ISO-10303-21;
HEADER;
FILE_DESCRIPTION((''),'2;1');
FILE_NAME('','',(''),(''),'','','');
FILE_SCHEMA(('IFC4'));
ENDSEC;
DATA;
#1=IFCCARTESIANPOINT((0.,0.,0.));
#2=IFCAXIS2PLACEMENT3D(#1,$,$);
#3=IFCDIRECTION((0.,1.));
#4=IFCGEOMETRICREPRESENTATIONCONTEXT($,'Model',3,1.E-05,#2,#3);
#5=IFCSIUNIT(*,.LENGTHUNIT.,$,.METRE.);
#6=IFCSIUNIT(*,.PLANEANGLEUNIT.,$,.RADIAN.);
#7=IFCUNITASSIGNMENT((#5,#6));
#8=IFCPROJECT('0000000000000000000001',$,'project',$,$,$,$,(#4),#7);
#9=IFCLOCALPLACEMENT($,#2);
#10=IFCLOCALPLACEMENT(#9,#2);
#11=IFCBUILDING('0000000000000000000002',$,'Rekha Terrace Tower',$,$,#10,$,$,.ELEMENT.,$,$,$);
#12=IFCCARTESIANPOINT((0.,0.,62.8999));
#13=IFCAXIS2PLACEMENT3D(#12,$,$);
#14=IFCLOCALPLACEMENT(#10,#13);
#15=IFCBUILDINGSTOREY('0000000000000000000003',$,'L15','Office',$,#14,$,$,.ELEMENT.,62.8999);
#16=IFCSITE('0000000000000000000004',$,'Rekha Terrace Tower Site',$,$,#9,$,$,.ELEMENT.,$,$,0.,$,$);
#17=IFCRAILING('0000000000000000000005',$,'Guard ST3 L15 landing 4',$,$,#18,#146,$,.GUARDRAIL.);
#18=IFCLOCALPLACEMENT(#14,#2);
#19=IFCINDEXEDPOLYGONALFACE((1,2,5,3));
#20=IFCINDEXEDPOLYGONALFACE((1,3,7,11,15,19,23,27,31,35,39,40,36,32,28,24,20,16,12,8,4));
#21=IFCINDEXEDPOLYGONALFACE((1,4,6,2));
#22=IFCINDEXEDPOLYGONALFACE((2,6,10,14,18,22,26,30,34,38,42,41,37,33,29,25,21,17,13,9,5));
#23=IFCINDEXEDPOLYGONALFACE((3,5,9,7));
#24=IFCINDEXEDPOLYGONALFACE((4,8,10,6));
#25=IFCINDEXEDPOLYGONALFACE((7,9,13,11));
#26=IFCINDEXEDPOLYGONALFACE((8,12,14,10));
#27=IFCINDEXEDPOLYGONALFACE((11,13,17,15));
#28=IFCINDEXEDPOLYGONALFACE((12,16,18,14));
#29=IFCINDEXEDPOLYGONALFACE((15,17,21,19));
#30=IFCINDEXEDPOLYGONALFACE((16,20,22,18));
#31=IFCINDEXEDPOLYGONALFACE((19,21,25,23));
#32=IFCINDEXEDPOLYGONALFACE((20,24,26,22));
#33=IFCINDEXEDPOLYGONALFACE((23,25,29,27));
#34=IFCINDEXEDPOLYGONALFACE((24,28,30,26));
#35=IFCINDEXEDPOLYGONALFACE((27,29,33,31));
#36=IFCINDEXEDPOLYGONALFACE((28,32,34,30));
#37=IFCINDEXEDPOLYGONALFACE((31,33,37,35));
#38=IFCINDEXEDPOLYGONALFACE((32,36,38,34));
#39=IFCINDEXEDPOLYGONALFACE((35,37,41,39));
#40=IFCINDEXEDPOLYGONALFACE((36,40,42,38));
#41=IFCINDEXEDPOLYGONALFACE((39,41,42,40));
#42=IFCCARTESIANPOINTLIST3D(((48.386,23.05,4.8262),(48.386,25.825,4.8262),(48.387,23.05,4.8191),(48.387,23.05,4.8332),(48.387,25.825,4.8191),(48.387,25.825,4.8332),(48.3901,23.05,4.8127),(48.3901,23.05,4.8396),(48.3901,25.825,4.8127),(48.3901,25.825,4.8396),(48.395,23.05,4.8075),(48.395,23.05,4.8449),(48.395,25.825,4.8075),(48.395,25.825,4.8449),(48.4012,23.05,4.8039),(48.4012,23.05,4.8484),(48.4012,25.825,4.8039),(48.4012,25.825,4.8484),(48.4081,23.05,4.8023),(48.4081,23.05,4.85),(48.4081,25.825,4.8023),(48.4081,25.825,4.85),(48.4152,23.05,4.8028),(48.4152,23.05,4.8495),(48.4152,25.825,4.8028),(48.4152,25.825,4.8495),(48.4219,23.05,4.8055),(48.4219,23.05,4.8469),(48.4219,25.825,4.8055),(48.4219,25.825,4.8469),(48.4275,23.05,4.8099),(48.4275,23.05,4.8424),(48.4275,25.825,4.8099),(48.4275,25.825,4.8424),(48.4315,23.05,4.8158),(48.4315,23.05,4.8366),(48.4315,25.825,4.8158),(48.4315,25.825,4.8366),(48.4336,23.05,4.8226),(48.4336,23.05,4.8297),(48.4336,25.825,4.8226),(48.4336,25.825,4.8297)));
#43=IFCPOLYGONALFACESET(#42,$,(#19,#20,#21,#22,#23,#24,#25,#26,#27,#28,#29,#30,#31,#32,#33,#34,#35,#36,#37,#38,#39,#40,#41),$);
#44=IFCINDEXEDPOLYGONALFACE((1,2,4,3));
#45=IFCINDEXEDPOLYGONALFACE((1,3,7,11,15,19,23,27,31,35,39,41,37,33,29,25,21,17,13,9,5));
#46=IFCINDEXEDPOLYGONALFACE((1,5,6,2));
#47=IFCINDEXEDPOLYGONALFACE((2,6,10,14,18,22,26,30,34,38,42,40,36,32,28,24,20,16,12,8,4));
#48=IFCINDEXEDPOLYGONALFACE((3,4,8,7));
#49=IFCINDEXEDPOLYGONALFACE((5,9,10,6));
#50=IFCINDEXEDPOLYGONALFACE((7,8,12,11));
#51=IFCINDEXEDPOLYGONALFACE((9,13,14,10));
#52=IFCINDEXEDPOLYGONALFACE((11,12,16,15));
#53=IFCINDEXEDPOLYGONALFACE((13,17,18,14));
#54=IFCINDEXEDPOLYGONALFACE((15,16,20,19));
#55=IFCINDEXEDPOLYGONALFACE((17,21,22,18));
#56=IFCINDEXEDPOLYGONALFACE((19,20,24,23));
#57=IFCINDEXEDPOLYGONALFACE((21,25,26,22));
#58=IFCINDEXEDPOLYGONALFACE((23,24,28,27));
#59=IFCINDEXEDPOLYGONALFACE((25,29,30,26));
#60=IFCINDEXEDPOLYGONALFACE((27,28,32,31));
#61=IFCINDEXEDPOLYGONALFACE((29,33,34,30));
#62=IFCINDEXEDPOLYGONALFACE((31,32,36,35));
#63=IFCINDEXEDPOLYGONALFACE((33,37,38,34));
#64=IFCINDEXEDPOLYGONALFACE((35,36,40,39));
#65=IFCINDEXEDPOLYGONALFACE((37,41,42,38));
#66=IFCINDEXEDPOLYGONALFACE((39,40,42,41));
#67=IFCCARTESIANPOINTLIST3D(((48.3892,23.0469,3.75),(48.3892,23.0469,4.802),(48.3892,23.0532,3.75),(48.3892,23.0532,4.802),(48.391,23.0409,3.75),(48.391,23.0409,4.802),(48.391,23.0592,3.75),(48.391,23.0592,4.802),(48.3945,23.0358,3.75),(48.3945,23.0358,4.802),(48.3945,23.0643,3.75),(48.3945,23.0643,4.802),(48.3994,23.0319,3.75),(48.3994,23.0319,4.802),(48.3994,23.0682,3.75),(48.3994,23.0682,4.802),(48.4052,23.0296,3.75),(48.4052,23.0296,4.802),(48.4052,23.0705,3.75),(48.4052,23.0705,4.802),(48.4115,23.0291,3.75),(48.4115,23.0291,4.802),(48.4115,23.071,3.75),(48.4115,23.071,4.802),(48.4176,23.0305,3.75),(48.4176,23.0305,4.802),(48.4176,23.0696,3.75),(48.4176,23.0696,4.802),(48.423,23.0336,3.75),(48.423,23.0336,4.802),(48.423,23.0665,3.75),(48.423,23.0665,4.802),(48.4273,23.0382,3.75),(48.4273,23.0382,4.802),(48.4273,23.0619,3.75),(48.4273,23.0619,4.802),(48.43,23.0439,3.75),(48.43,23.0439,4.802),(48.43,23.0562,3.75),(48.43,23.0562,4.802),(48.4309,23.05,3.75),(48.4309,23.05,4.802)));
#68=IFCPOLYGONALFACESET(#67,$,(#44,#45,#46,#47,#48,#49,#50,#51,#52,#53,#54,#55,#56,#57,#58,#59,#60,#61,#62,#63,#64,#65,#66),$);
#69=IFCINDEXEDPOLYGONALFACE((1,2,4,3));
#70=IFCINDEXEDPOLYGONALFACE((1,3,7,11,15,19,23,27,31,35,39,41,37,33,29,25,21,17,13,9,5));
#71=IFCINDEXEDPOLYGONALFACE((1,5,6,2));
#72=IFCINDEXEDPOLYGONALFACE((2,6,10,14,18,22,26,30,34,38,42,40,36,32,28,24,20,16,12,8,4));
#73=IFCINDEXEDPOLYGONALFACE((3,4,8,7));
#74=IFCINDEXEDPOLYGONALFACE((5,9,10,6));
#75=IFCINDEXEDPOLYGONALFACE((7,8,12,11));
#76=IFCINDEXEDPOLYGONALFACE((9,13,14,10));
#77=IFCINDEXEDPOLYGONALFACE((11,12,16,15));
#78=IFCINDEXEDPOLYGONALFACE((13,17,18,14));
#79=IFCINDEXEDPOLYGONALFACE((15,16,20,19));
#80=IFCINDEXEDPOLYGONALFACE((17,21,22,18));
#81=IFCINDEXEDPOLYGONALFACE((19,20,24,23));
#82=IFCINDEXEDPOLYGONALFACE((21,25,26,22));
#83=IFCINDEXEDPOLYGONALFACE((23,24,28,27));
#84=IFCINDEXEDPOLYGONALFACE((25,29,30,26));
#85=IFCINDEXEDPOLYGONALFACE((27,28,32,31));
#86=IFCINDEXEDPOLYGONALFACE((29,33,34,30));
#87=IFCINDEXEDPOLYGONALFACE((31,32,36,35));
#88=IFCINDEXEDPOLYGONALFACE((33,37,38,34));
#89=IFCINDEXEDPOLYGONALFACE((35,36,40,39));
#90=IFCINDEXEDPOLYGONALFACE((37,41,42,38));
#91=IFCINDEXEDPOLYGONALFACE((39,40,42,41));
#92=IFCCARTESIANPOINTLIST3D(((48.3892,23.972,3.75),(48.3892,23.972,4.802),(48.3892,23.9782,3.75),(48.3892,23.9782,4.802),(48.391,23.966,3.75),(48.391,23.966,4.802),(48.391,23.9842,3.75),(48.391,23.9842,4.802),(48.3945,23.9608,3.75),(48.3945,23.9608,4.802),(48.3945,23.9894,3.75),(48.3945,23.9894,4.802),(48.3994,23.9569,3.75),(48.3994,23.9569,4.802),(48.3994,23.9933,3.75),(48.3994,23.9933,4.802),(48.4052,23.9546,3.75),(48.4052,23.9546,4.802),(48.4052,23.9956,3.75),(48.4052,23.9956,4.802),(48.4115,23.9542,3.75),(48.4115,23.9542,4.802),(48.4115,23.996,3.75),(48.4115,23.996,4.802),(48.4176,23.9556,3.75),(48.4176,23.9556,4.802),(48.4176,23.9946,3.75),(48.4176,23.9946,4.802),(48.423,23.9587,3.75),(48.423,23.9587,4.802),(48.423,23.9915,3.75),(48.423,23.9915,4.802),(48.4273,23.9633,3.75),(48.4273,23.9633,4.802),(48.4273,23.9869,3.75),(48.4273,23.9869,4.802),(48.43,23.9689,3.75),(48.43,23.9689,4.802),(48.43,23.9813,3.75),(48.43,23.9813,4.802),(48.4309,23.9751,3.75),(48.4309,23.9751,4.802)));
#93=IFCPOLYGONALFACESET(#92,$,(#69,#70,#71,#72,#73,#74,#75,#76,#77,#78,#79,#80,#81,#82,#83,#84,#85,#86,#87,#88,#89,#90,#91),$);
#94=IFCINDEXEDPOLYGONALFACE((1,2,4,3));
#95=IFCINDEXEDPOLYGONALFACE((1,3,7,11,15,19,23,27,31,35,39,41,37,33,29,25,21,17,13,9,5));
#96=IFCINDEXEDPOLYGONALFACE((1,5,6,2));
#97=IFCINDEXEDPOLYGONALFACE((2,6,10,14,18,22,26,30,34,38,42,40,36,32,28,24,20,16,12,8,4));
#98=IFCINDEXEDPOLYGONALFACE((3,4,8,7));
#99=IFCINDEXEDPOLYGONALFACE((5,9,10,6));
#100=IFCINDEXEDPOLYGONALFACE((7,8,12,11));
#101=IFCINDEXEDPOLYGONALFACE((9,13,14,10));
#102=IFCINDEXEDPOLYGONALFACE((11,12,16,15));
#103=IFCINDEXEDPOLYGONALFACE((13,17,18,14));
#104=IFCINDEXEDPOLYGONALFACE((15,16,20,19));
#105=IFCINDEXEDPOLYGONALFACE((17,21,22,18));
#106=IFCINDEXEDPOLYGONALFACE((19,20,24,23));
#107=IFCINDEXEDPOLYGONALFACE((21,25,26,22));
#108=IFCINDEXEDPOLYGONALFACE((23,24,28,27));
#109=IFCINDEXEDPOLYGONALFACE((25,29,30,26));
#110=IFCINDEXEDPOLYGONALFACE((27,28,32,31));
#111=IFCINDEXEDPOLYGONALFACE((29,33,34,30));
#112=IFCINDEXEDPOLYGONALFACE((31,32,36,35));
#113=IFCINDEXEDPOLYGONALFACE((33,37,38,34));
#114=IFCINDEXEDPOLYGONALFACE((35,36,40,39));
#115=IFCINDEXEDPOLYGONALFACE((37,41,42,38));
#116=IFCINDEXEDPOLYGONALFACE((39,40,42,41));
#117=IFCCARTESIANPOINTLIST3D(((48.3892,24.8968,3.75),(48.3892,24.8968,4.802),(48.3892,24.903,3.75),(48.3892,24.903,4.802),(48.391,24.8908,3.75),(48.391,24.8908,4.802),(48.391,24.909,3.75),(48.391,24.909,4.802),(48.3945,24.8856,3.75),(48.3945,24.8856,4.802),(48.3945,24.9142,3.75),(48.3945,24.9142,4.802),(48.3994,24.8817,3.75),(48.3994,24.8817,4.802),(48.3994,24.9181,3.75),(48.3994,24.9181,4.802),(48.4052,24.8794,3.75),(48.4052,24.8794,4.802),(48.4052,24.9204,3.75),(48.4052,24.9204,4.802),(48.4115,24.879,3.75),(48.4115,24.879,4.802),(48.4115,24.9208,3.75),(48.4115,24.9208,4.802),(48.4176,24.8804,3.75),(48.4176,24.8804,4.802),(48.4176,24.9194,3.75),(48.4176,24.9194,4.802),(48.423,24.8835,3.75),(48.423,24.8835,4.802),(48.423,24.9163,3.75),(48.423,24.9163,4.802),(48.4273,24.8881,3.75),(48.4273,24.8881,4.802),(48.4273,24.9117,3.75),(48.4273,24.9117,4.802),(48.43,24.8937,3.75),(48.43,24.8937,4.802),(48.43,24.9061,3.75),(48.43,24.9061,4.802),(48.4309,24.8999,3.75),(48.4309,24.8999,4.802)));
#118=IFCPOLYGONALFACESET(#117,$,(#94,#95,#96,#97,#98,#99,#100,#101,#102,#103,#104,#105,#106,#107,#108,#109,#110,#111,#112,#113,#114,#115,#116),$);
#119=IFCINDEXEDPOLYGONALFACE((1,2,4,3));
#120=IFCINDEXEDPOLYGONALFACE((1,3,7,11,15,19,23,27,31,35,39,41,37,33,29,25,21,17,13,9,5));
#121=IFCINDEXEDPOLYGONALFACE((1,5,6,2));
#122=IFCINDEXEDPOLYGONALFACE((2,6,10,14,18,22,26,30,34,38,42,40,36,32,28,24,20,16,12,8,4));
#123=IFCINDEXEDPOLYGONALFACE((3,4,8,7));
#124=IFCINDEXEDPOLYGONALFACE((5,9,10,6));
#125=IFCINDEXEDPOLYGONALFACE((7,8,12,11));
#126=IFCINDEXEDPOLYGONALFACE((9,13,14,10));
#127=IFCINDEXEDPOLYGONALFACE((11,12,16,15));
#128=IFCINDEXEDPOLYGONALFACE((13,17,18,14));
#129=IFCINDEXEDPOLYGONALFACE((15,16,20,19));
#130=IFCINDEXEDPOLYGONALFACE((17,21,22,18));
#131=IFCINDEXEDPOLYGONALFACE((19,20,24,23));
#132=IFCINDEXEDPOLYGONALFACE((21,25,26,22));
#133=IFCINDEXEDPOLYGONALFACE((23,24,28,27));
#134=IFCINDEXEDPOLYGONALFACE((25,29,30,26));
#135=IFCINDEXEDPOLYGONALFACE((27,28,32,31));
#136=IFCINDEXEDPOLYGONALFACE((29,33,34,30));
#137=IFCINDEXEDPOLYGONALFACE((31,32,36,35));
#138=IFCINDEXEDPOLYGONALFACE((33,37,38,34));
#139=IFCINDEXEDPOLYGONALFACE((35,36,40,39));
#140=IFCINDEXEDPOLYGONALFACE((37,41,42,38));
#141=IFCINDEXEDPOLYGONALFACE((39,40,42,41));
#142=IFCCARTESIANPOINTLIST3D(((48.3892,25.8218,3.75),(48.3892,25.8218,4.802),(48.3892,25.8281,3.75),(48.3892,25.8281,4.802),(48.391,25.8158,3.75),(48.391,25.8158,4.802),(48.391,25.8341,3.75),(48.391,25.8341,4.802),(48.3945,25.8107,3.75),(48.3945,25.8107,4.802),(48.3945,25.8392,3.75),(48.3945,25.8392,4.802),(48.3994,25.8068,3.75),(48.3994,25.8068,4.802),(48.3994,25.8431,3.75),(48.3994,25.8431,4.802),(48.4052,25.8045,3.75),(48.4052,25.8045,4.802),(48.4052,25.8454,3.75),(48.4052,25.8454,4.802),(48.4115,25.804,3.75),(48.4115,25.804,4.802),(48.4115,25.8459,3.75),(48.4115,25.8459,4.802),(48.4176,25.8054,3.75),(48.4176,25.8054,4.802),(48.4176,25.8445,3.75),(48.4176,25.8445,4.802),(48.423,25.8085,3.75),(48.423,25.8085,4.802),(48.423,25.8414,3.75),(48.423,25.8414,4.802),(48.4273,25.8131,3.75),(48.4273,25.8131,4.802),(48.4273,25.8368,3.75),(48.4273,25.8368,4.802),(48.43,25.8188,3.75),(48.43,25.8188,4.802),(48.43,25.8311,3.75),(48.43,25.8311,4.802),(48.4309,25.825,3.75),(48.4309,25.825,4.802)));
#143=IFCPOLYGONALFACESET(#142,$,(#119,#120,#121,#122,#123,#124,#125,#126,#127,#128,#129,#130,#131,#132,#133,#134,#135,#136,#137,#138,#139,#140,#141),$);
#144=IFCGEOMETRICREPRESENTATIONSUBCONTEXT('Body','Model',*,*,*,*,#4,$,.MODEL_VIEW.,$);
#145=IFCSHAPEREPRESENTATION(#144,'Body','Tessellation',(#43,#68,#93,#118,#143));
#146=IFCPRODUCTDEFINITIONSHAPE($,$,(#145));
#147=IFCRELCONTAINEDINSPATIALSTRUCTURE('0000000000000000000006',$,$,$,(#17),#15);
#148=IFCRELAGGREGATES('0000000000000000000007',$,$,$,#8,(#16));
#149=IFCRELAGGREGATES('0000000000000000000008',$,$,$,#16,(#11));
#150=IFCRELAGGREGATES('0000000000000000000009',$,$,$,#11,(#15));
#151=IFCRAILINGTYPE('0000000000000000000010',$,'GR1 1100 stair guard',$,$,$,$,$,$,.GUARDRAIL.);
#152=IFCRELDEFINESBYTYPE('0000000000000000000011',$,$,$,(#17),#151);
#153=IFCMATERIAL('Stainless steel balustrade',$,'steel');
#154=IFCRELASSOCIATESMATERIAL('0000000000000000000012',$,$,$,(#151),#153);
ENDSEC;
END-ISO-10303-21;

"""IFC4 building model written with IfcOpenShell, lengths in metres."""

from ifc_helpers import new_model, si_unit, direction, frame, origin, origin_2d, place, context, subcontext, project, spatial, circle, extrude, material, type_object, element, save


model = new_model("IFC4")

# Units and contexts
model_context = context("Model", 3, precision=1e-05, world=origin(), true_north=direction((0.0, 1.0)))
body_context = subcontext(model_context, "Body", "Model", "MODEL_VIEW")
ifc_project = project(units=[si_unit("LENGTHUNIT", "METRE"), si_unit("PLANEANGLEUNIT", "RADIAN")], contexts=[model_context])

# Site, building, storey
site_placement = place(None, origin())
site = spatial("IfcSite", under=ifc_project, at=site_placement, Name="Rekha Terrace Tower Site", CompositionType="ELEMENT", RefElevation=0.0)
building_placement = place(site_placement, origin())
building = spatial("IfcBuilding", under=site, at=building_placement, Name="Rekha Terrace Tower", CompositionType="ELEMENT")
storey_placement = place(building_placement, frame((0.0, 0.0, 62.8999)))
storey = spatial("IfcBuildingStorey", under=building, at=storey_placement, Name="L15", Description="Office", CompositionType="ELEMENT", Elevation=62.8999)

# Railing
ifc_material_1 = material(Name="Stainless steel balustrade", Category="steel")
railing_type_1 = type_object("IfcRailingType", Name="GR1 1100 stair guard", PredefinedType="GUARDRAIL", material=ifc_material_1)
railing_1_placement = place(storey_placement, frame((48.4099, 23.05, 3.75)))
element("IfcRailing", 1, at=railing_1_placement, inside=storey, type_object=railing_type_1, Name="Guard ST3 L15 landing 4", PredefinedType="GUARDRAIL", context=body_context, shape_type="SweptSolid", body=[
    extrude(circle(Radius=0.0239, at=origin_2d()), frame((0.0, 0.0, 1.0762), z_axis=(0.0, 1.0, 0.0), x_axis=(-1.0, 0.0, 0.0)), (0.0, 0.0, 1.0), 2.7749),
    extrude(circle(Radius=0.021, at=origin_2d()), origin(), (0.0, 0.0, 1.0), 1.052),
    extrude(circle(Radius=0.021, at=origin_2d()), frame((0.0, 0.925, 0.0)), (0.0, 0.0, 1.0), 1.052),
    extrude(circle(Radius=0.021, at=origin_2d()), frame((0.0, 1.8499, 0.0)), (0.0, 0.0, 1.0), 1.052),
    extrude(circle(Radius=0.021, at=origin_2d()), frame((0.0, 2.7749, 0.0)), (0.0, 0.0, 1.0), 1.052),
])

save(model, "model.ifc")
